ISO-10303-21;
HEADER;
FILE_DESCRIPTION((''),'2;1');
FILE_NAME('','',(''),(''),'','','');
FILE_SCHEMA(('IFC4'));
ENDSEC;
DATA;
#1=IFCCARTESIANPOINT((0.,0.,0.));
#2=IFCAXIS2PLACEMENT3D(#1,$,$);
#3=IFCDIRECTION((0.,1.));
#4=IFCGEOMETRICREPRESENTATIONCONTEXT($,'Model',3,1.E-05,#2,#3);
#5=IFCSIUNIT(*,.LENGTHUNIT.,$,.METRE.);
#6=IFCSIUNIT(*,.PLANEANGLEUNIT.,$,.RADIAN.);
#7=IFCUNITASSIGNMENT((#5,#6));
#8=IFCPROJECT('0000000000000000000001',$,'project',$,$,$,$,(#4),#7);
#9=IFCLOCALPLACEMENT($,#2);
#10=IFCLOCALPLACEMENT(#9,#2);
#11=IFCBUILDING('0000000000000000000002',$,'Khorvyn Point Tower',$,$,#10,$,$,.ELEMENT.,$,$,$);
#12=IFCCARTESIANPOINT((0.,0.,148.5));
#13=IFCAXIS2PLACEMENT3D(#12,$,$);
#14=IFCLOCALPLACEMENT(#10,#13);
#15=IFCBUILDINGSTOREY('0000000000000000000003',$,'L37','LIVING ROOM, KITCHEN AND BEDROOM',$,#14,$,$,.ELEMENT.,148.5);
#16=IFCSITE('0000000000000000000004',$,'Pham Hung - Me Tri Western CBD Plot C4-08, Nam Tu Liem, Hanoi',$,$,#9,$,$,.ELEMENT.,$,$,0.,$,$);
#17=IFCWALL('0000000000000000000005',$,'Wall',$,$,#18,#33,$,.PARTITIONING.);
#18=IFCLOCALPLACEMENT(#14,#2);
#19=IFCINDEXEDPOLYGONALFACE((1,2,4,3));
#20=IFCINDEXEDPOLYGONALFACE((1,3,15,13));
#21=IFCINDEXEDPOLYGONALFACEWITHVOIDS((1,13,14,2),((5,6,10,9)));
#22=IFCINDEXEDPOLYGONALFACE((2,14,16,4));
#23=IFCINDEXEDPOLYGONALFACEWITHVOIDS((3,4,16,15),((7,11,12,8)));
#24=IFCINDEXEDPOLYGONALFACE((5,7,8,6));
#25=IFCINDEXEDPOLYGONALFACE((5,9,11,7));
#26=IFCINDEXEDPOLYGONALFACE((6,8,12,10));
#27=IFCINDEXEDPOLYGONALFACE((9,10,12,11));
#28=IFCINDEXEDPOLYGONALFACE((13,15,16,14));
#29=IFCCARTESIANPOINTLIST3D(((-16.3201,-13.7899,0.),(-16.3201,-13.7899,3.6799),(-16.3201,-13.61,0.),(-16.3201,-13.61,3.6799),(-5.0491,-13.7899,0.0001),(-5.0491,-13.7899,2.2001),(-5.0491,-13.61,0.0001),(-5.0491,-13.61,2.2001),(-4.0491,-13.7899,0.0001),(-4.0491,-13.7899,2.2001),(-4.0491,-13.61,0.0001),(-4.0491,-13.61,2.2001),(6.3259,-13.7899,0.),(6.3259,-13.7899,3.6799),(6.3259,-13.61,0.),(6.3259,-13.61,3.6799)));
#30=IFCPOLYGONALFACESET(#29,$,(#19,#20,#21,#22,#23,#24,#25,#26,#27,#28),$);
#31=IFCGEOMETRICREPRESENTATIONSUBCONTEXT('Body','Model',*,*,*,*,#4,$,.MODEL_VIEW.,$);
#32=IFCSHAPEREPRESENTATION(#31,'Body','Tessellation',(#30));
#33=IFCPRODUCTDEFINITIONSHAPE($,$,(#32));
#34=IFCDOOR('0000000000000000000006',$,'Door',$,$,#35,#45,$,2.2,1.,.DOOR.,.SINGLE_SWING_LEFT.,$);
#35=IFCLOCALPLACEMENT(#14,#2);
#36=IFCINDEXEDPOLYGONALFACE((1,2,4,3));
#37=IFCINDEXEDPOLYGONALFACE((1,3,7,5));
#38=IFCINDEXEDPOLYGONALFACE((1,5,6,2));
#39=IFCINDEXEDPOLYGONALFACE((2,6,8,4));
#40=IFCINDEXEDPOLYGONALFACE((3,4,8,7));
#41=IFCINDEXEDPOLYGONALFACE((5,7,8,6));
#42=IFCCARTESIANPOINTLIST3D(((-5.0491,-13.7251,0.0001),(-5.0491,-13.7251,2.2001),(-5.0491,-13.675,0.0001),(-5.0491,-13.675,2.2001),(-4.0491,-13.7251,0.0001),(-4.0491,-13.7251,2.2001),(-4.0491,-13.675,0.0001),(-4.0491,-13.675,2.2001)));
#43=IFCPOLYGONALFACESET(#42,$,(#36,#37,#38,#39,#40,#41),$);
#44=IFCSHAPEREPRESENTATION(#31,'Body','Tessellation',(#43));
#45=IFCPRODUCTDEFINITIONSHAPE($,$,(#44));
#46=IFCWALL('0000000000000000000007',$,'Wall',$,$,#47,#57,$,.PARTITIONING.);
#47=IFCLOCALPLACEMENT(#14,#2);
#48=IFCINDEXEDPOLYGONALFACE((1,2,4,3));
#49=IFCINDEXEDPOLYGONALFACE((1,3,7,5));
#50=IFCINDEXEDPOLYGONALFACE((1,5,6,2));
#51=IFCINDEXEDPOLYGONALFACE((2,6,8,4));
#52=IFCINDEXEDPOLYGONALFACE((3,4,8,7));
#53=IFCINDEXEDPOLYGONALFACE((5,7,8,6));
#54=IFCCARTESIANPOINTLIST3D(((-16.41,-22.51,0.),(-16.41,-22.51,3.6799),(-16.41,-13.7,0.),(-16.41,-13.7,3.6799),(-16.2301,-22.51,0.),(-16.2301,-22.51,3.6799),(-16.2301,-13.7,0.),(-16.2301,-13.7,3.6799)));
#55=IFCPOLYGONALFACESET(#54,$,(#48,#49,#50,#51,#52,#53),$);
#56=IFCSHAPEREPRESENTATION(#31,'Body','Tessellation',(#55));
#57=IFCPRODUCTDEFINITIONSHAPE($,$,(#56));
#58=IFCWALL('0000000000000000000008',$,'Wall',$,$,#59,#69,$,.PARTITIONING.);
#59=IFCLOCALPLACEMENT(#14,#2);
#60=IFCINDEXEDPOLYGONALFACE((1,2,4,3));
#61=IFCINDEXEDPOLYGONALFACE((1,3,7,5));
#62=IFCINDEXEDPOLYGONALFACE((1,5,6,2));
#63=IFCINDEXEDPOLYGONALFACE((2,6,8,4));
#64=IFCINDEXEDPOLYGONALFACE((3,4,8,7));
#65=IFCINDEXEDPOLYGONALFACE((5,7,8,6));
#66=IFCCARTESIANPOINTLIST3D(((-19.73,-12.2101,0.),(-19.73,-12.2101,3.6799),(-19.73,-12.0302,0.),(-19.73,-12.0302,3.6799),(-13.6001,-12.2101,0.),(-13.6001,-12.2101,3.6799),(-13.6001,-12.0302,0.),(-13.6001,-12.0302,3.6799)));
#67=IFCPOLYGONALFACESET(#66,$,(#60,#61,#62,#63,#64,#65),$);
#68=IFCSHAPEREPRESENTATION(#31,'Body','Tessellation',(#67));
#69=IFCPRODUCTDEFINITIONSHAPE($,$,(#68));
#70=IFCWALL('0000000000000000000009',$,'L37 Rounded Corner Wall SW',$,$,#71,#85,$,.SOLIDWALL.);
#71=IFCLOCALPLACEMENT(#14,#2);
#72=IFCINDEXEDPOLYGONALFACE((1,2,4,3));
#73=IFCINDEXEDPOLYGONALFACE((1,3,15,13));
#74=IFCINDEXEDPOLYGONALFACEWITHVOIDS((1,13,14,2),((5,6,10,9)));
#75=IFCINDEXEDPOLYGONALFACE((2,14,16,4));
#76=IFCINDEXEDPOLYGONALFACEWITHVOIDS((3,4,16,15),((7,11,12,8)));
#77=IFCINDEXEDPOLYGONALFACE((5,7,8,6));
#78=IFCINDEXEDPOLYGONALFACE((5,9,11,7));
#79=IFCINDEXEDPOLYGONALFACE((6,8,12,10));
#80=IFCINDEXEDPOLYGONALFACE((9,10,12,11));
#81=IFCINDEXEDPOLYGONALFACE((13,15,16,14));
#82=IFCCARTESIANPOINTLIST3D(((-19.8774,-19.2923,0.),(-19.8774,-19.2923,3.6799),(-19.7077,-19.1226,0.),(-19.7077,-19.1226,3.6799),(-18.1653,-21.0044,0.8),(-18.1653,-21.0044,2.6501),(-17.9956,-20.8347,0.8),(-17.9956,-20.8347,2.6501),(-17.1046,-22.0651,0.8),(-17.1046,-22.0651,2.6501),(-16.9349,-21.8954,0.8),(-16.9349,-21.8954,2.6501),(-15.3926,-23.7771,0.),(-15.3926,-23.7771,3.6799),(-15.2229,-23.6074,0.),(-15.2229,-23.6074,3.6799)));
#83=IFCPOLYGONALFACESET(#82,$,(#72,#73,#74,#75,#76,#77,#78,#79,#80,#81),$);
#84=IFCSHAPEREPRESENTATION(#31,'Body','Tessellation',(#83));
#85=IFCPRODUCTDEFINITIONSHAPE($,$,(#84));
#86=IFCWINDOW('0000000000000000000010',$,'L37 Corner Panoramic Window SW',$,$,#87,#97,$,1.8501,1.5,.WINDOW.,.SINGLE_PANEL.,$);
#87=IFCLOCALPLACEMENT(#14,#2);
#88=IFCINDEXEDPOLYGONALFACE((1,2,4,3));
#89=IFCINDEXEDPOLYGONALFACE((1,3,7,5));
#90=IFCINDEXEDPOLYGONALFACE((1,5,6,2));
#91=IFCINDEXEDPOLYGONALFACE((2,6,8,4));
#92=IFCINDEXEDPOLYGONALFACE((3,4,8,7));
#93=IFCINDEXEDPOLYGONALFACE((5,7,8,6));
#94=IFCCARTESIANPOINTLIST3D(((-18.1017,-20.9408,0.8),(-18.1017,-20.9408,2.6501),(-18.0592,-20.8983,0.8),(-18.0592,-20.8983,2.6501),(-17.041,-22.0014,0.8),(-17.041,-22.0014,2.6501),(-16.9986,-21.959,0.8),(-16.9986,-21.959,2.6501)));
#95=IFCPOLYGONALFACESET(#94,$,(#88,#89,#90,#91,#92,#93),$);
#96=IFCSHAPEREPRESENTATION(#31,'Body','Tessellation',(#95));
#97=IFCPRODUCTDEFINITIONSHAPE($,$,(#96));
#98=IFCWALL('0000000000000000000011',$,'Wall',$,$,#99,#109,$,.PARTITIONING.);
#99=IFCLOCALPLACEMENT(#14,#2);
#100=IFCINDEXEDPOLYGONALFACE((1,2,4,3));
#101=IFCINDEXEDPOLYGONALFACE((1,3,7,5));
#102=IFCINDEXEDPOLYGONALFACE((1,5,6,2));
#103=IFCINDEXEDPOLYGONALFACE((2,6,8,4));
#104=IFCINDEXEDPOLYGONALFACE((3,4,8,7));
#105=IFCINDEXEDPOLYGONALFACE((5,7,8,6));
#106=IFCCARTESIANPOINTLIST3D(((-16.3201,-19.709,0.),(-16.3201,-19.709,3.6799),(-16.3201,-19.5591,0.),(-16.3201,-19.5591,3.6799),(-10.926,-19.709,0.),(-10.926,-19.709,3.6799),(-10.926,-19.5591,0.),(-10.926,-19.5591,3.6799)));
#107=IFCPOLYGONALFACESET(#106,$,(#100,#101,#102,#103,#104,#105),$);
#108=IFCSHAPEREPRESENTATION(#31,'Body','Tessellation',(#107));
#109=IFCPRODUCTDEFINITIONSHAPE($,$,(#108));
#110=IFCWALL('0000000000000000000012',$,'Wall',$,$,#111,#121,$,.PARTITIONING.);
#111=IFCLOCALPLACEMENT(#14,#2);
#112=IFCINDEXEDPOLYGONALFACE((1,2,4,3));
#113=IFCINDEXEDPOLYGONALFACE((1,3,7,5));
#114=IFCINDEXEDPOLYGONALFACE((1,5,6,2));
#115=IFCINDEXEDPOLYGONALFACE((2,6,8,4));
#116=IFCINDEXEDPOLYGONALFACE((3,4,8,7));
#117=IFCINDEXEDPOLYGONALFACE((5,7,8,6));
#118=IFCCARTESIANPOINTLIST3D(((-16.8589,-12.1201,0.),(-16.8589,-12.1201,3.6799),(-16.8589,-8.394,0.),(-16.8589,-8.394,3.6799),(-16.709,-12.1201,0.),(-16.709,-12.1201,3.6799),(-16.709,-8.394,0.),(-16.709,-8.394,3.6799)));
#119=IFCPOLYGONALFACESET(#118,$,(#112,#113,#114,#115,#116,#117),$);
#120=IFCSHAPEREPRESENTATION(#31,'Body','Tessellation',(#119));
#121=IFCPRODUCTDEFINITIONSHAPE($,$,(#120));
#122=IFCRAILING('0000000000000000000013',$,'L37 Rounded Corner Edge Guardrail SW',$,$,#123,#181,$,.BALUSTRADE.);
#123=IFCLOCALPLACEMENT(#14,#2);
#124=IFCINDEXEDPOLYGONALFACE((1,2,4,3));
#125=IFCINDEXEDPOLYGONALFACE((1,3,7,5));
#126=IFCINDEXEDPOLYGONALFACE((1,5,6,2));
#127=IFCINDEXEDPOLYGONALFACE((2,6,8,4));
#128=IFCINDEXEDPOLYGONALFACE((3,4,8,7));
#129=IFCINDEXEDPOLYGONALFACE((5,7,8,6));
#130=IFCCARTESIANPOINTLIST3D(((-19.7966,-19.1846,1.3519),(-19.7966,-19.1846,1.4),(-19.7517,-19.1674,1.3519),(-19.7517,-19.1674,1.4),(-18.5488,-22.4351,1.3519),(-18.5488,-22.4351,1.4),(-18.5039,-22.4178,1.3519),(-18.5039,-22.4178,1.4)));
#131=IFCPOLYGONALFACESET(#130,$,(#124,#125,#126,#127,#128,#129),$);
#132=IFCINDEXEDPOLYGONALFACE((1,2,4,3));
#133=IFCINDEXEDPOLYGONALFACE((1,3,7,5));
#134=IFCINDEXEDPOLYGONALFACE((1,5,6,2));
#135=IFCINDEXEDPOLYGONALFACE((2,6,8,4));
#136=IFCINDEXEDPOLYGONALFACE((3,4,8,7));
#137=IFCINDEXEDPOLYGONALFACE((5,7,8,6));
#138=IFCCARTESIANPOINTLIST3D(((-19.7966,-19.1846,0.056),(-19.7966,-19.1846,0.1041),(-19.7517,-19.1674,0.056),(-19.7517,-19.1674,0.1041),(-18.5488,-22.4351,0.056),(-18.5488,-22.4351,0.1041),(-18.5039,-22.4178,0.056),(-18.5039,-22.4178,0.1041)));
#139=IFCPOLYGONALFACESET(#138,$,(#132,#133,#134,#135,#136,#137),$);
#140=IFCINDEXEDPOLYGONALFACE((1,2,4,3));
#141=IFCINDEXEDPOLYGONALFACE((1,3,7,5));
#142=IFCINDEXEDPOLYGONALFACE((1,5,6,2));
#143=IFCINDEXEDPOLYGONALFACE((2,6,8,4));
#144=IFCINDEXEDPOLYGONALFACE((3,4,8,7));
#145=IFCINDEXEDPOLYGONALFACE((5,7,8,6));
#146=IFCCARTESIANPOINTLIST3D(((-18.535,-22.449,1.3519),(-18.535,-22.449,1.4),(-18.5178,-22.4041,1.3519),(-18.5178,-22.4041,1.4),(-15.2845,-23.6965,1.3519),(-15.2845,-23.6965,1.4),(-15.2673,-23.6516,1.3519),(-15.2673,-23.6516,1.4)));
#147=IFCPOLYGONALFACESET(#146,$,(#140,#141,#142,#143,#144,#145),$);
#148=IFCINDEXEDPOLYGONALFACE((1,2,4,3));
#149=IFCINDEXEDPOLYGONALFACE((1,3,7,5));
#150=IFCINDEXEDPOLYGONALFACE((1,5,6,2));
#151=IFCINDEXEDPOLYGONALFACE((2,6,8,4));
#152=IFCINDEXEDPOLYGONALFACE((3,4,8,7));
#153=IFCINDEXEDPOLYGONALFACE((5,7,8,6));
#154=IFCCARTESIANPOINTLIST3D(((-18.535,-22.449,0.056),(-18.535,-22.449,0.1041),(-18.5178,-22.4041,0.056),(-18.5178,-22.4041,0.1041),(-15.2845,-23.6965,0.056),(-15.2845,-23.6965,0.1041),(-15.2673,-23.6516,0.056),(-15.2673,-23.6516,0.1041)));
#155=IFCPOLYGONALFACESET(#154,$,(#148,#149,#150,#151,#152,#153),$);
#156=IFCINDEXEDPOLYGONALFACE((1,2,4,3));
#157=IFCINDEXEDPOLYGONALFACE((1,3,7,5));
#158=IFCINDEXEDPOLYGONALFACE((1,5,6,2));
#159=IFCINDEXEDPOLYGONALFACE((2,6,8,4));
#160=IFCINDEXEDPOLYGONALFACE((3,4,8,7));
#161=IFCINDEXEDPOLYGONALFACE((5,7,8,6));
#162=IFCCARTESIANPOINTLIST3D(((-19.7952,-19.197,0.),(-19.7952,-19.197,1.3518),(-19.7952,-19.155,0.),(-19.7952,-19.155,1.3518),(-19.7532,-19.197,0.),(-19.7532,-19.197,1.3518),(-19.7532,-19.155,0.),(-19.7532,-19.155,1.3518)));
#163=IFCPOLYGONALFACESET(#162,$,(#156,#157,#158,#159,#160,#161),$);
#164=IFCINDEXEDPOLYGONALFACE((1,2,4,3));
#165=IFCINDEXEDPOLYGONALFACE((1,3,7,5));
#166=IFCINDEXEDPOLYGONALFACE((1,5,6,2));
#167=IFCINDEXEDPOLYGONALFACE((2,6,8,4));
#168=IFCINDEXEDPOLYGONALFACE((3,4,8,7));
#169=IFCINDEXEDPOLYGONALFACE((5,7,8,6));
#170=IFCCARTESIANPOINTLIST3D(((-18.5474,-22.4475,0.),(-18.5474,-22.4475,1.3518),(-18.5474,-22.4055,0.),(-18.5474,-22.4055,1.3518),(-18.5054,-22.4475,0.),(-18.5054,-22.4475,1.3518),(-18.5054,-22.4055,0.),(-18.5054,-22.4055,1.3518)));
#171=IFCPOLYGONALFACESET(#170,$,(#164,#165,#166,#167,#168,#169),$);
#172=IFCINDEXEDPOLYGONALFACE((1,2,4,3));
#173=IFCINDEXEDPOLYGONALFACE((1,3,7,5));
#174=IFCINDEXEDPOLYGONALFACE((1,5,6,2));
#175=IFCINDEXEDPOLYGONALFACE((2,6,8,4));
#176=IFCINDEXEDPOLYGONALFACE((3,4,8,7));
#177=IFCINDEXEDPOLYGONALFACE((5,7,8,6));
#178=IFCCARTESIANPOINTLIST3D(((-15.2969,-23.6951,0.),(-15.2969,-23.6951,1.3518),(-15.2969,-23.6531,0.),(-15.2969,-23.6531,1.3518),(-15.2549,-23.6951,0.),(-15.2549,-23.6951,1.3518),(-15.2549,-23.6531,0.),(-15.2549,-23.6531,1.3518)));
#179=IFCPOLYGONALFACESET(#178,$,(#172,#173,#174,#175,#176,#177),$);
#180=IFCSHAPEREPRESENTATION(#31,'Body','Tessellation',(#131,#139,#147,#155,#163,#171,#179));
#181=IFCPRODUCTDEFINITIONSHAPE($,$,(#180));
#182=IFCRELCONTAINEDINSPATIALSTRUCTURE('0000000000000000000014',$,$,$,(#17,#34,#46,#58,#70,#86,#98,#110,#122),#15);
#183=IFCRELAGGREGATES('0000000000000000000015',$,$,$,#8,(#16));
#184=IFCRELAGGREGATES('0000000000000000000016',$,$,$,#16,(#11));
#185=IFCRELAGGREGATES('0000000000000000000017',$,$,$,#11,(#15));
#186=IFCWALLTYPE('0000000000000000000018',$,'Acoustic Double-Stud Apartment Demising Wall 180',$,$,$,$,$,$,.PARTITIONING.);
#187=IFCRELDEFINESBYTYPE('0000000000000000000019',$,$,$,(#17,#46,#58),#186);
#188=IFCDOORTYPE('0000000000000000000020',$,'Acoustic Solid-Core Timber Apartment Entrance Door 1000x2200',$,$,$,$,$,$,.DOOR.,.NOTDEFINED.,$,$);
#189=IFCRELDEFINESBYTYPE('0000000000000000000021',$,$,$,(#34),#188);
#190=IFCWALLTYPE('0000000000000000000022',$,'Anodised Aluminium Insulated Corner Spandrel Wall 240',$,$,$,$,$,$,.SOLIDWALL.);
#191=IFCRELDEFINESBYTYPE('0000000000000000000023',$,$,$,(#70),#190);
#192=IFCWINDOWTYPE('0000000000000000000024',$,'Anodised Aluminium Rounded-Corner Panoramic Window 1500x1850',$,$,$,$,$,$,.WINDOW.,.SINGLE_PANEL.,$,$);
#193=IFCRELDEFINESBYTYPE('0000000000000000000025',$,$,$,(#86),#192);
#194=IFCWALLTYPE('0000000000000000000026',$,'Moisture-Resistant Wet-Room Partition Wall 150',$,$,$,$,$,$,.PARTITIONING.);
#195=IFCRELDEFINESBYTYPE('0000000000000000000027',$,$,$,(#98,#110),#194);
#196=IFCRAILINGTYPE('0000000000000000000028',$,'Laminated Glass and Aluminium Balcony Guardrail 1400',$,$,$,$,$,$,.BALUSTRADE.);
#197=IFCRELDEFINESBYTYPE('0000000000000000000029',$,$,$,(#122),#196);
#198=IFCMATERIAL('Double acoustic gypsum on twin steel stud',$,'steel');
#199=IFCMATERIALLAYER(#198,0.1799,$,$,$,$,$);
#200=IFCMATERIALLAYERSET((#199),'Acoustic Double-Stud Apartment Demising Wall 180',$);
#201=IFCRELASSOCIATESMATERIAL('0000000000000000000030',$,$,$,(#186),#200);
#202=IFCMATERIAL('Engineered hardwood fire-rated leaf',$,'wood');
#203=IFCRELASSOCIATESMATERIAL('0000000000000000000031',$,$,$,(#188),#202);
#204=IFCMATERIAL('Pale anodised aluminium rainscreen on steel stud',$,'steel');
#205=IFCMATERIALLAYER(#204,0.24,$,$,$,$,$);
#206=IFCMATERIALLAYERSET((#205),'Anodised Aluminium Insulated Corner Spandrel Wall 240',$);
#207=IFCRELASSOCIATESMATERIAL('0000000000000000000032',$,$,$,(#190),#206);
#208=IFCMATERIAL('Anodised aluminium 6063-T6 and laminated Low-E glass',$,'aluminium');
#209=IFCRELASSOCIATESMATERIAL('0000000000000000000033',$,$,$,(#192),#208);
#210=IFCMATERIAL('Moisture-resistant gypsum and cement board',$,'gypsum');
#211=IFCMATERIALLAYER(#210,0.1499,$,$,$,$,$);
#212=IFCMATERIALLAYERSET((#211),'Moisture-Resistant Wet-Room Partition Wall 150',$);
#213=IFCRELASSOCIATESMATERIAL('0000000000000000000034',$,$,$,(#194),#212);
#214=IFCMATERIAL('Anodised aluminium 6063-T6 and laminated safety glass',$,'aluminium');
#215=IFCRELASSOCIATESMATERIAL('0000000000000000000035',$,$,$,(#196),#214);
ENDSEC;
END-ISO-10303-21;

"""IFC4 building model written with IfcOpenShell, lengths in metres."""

from ifc_helpers import new_model, si_unit, direction, frame, frame_2d, origin, origin_2d, place, context, subcontext, project, spatial, rectangle, extrude, material, layer, layer_set, type_object, element, fill, save


model = new_model("IFC4")

# Units and contexts
model_context = context("Model", 3, precision=1e-05, world=origin(), true_north=direction((0.0, 1.0)))
body_context = subcontext(model_context, "Body", "Model", "MODEL_VIEW")
ifc_project = project(units=[si_unit("LENGTHUNIT", "METRE"), si_unit("PLANEANGLEUNIT", "RADIAN")], contexts=[model_context])

# Site, building, storey
site_placement = place(None, origin())
site = spatial("IfcSite", under=ifc_project, at=site_placement, Name="Pham Hung - Me Tri Western CBD Plot C4-08, Nam Tu Liem, Hanoi", CompositionType="ELEMENT", RefElevation=0.0)
building_placement = place(site_placement, origin())
building = spatial("IfcBuilding", under=site, at=building_placement, Name="Khorvyn Point Tower", CompositionType="ELEMENT")
storey_placement = place(building_placement, frame((0.0, 0.0, 148.5)))
storey = spatial("IfcBuildingStorey", under=building, at=storey_placement, Name="L37", Description="LIVING ROOM, KITCHEN AND BEDROOM", CompositionType="ELEMENT", Elevation=148.5)

# Shared definitions
ifc_material_1 = material(Name="Anodised aluminium 6063-T6 and laminated Low-E glass", Category="aluminium")

# Wall, opening, door
ifc_material_2 = material(Name="Double acoustic gypsum on twin steel stud", Category="steel")
ifc_layer_1 = layer(ifc_material_2, 0.1799)
ifc_layer_set_1 = layer_set([ifc_layer_1], Name="Acoustic Double-Stud Apartment Demising Wall 180")
wall_type_1 = type_object("IfcWallType", Name="Acoustic Double-Stud Apartment Demising Wall 180", PredefinedType="PARTITIONING", material=ifc_layer_set_1)
wall_1_placement = place(storey_placement, frame((-16.3201, -13.7, 0.0), z_axis=(0.0, 0.0, 1.0), x_axis=(1.0, 0.0, 0.0)))
wall_1 = element("IfcWall", 1, at=wall_1_placement, inside=storey, type_object=wall_type_1, Name="Wall", PredefinedType="PARTITIONING", context=body_context, shape_type="SweptSolid", body=[
    extrude(rectangle(XDim=22.646, YDim=0.1799, at=frame_2d((11.323, 0.0))), origin(), (0.0, 0.0, 1.0), 3.6799),
])
opening_1_placement = place(wall_1_placement, frame((11.271, 0.0, 0.0)))
opening_1 = element("IfcOpeningElement", 2, at=opening_1_placement, cuts=wall_1, PredefinedType="OPENING", context=body_context, shape_type="SweptSolid", body=[
    extrude(rectangle(XDim=1.0, YDim=2.2, at=frame_2d((0.5, 1.1001))), frame((0.0, 0.0999, 0.0), z_axis=(0.0, -1.0, 0.0), x_axis=(1.0, 0.0, 0.0)), (0.0, 0.0, 1.0), 0.2),
])
ifc_material_3 = material(Name="Engineered hardwood fire-rated leaf", Category="wood")
door_type = type_object("IfcDoorType", Name="Acoustic Solid-Core Timber Apartment Entrance Door 1000x2200", OperationType="NOTDEFINED", PredefinedType="DOOR", material=ifc_material_3)
door_placement = place(opening_1_placement, origin())
door = element("IfcDoor", 3, at=door_placement, inside=storey, type_object=door_type, Name="Door", OperationType="SINGLE_SWING_LEFT", OverallHeight=2.2, OverallWidth=1.0, PredefinedType="DOOR", context=body_context, shape_type="SweptSolid", body=[
    extrude(rectangle(XDim=1.0, YDim=2.2, at=frame_2d((0.5, 1.1001))), frame((0.0, 0.0249, 0.0), z_axis=(0.0, -1.0, 0.0), x_axis=(1.0, 0.0, 0.0)), (0.0, 0.0, 1.0), 0.05),
])
fill(opening_1, door)

# Walls
wall_2_placement = place(storey_placement, frame((-16.3201, -22.51, 0.0), z_axis=(0.0, 0.0, 1.0), x_axis=(0.0, 1.0, 0.0)))
element("IfcWall", 4, at=wall_2_placement, inside=storey, type_object=wall_type_1, Name="Wall", PredefinedType="PARTITIONING", context=body_context, shape_type="SweptSolid", body=[
    extrude(rectangle(XDim=8.8101, YDim=0.1799, at=frame_2d((4.405, 0.0))), origin(), (0.0, 0.0, 1.0), 3.6799),
])
wall_3_placement = place(storey_placement, frame((-19.73, -12.1201, 0.0), z_axis=(0.0, 0.0, 1.0), x_axis=(1.0, 0.0, 0.0)))
element("IfcWall", 5, at=wall_3_placement, inside=storey, type_object=wall_type_1, Name="Wall", PredefinedType="PARTITIONING", context=body_context, shape_type="SweptSolid", body=[
    extrude(rectangle(XDim=6.1299, YDim=0.1799, at=frame_2d((3.0649, 0.0))), origin(), (0.0, 0.0, 1.0), 3.6799),
])

# Wall, opening, window
ifc_material_4 = material(Name="Pale anodised aluminium rainscreen on steel stud", Category="steel")
ifc_layer_2 = layer(ifc_material_4, 0.24)
ifc_layer_set_2 = layer_set([ifc_layer_2], Name="Anodised Aluminium Insulated Corner Spandrel Wall 240")
wall_type_2 = type_object("IfcWallType", Name="Anodised Aluminium Insulated Corner Spandrel Wall 240", PredefinedType="SOLIDWALL", material=ifc_layer_set_2)
wall_4_placement = place(storey_placement, frame((-15.3076, -23.6924, 0.0), z_axis=(0.0, 0.0, 1.0), x_axis=(-0.707107, 0.707107, 0.0)))
wall_4 = element("IfcWall", 6, at=wall_4_placement, inside=storey, type_object=wall_type_2, Name="L37 Rounded Corner Wall SW", PredefinedType="SOLIDWALL", context=body_context, shape_type="SweptSolid", body=[
    extrude(rectangle(XDim=6.3425, YDim=0.24, at=frame_2d((3.1714, 0.0))), origin(), (0.0, 0.0, 1.0), 3.6799),
])
opening_2_placement = place(wall_4_placement, frame((2.4214, 0.0, 0.8)))
opening_2 = element("IfcOpeningElement", 7, at=opening_2_placement, cuts=wall_4, PredefinedType="OPENING", context=body_context, shape_type="SweptSolid", body=[
    extrude(rectangle(XDim=1.5, YDim=1.8501, at=frame_2d((0.75, 0.925))), frame((0.0, 0.1299, 0.0), z_axis=(0.0, -1.0, 0.0), x_axis=(1.0, 0.0, 0.0)), (0.0, 0.0, 1.0), 0.26),
])
window_type = type_object("IfcWindowType", Name="Anodised Aluminium Rounded-Corner Panoramic Window 1500x1850", PartitioningType="SINGLE_PANEL", PredefinedType="WINDOW", material=ifc_material_1)
window_placement = place(opening_2_placement, origin())
window = element("IfcWindow", 8, at=window_placement, inside=storey, type_object=window_type, Name="L37 Corner Panoramic Window SW", OverallHeight=1.8501, OverallWidth=1.5, PartitioningType="SINGLE_PANEL", PredefinedType="WINDOW", context=body_context, shape_type="SweptSolid", body=[
    extrude(rectangle(XDim=1.5, YDim=1.8501, at=frame_2d((0.75, 0.925))), frame((0.0, 0.03, 0.0), z_axis=(0.0, -1.0, 0.0), x_axis=(1.0, 0.0, 0.0)), (0.0, 0.0, 1.0), 0.0601),
])
fill(opening_2, window)

# Walls
ifc_material_5 = material(Name="Moisture-resistant gypsum and cement board", Category="gypsum")
ifc_layer_3 = layer(ifc_material_5, 0.1499)
ifc_layer_set_3 = layer_set([ifc_layer_3], Name="Moisture-Resistant Wet-Room Partition Wall 150")
wall_type_3 = type_object("IfcWallType", Name="Moisture-Resistant Wet-Room Partition Wall 150", PredefinedType="PARTITIONING", material=ifc_layer_set_3)
wall_5_placement = place(storey_placement, frame((-16.3201, -19.634, 0.0), z_axis=(0.0, 0.0, 1.0), x_axis=(1.0, 0.0, 0.0)))
element("IfcWall", 9, at=wall_5_placement, inside=storey, type_object=wall_type_3, Name="Wall", PredefinedType="PARTITIONING", context=body_context, shape_type="SweptSolid", body=[
    extrude(rectangle(XDim=5.394, YDim=0.1499, at=frame_2d((2.697, 0.0))), origin(), (0.0, 0.0, 1.0), 3.6799),
])
wall_6_placement = place(storey_placement, frame((-16.7839, -12.1201, 0.0), z_axis=(0.0, 0.0, 1.0), x_axis=(0.0, 1.0, 0.0)))
element("IfcWall", 10, at=wall_6_placement, inside=storey, type_object=wall_type_3, Name="Wall", PredefinedType="PARTITIONING", context=body_context, shape_type="SweptSolid", body=[
    extrude(rectangle(XDim=3.7261, YDim=0.1499, at=frame_2d((1.863, 0.0))), origin(), (0.0, 0.0, 1.0), 3.6799),
])

# Railing
ifc_material_6 = material(Name="Anodised aluminium 6063-T6 and laminated safety glass", Category="aluminium")
railing_type = type_object("IfcRailingType", Name="Laminated Glass and Aluminium Balcony Guardrail 1400", PredefinedType="BALUSTRADE", material=ifc_material_6)
railing_1_placement = place(storey_placement, frame((-19.7742, -19.176, 0.0)))
element("IfcRailing", 11, at=railing_1_placement, inside=storey, type_object=railing_type, Name="L37 Rounded Corner Edge Guardrail SW", PredefinedType="BALUSTRADE", context=body_context, shape_type="SweptSolid", body=[
    extrude(rectangle(XDim=0.0481, YDim=0.0481, at=origin_2d()), frame((0.0, 0.0, 1.376), z_axis=(0.358382, -0.933575, 0.0), x_axis=(0.933575, 0.358382, 0.0)), (0.0, 0.0, 1.0), 3.4817),
    extrude(rectangle(XDim=0.0481, YDim=0.0481, at=origin_2d()), frame((0.0, 0.0, 0.0801), z_axis=(0.358382, -0.933575, 0.0), x_axis=(0.933575, 0.358382, 0.0)), (0.0, 0.0, 1.0), 3.4817),
    extrude(rectangle(XDim=0.0481, YDim=0.0481, at=origin_2d()), frame((1.2478, -3.2505, 1.376), z_axis=(0.933598, -0.358321, 0.0), x_axis=(0.358321, 0.933598, 0.0)), (0.0, 0.0, 1.0), 3.4817),
    extrude(rectangle(XDim=0.0481, YDim=0.0481, at=origin_2d()), frame((1.2478, -3.2505, 0.0801), z_axis=(0.933598, -0.358321, 0.0), x_axis=(0.358321, 0.933598, 0.0)), (0.0, 0.0, 1.0), 3.4817),
    extrude(rectangle(XDim=0.042, YDim=0.042, at=origin_2d()), origin(), (0.0, 0.0, 1.0), 1.3518),
    extrude(rectangle(XDim=0.042, YDim=0.042, at=origin_2d()), frame((1.2478, -3.2505, 0.0)), (0.0, 0.0, 1.0), 1.3518),
    extrude(rectangle(XDim=0.042, YDim=0.042, at=origin_2d()), frame((4.4983, -4.498, 0.0)), (0.0, 0.0, 1.0), 1.3518),
])

save(model, "model.ifc")
